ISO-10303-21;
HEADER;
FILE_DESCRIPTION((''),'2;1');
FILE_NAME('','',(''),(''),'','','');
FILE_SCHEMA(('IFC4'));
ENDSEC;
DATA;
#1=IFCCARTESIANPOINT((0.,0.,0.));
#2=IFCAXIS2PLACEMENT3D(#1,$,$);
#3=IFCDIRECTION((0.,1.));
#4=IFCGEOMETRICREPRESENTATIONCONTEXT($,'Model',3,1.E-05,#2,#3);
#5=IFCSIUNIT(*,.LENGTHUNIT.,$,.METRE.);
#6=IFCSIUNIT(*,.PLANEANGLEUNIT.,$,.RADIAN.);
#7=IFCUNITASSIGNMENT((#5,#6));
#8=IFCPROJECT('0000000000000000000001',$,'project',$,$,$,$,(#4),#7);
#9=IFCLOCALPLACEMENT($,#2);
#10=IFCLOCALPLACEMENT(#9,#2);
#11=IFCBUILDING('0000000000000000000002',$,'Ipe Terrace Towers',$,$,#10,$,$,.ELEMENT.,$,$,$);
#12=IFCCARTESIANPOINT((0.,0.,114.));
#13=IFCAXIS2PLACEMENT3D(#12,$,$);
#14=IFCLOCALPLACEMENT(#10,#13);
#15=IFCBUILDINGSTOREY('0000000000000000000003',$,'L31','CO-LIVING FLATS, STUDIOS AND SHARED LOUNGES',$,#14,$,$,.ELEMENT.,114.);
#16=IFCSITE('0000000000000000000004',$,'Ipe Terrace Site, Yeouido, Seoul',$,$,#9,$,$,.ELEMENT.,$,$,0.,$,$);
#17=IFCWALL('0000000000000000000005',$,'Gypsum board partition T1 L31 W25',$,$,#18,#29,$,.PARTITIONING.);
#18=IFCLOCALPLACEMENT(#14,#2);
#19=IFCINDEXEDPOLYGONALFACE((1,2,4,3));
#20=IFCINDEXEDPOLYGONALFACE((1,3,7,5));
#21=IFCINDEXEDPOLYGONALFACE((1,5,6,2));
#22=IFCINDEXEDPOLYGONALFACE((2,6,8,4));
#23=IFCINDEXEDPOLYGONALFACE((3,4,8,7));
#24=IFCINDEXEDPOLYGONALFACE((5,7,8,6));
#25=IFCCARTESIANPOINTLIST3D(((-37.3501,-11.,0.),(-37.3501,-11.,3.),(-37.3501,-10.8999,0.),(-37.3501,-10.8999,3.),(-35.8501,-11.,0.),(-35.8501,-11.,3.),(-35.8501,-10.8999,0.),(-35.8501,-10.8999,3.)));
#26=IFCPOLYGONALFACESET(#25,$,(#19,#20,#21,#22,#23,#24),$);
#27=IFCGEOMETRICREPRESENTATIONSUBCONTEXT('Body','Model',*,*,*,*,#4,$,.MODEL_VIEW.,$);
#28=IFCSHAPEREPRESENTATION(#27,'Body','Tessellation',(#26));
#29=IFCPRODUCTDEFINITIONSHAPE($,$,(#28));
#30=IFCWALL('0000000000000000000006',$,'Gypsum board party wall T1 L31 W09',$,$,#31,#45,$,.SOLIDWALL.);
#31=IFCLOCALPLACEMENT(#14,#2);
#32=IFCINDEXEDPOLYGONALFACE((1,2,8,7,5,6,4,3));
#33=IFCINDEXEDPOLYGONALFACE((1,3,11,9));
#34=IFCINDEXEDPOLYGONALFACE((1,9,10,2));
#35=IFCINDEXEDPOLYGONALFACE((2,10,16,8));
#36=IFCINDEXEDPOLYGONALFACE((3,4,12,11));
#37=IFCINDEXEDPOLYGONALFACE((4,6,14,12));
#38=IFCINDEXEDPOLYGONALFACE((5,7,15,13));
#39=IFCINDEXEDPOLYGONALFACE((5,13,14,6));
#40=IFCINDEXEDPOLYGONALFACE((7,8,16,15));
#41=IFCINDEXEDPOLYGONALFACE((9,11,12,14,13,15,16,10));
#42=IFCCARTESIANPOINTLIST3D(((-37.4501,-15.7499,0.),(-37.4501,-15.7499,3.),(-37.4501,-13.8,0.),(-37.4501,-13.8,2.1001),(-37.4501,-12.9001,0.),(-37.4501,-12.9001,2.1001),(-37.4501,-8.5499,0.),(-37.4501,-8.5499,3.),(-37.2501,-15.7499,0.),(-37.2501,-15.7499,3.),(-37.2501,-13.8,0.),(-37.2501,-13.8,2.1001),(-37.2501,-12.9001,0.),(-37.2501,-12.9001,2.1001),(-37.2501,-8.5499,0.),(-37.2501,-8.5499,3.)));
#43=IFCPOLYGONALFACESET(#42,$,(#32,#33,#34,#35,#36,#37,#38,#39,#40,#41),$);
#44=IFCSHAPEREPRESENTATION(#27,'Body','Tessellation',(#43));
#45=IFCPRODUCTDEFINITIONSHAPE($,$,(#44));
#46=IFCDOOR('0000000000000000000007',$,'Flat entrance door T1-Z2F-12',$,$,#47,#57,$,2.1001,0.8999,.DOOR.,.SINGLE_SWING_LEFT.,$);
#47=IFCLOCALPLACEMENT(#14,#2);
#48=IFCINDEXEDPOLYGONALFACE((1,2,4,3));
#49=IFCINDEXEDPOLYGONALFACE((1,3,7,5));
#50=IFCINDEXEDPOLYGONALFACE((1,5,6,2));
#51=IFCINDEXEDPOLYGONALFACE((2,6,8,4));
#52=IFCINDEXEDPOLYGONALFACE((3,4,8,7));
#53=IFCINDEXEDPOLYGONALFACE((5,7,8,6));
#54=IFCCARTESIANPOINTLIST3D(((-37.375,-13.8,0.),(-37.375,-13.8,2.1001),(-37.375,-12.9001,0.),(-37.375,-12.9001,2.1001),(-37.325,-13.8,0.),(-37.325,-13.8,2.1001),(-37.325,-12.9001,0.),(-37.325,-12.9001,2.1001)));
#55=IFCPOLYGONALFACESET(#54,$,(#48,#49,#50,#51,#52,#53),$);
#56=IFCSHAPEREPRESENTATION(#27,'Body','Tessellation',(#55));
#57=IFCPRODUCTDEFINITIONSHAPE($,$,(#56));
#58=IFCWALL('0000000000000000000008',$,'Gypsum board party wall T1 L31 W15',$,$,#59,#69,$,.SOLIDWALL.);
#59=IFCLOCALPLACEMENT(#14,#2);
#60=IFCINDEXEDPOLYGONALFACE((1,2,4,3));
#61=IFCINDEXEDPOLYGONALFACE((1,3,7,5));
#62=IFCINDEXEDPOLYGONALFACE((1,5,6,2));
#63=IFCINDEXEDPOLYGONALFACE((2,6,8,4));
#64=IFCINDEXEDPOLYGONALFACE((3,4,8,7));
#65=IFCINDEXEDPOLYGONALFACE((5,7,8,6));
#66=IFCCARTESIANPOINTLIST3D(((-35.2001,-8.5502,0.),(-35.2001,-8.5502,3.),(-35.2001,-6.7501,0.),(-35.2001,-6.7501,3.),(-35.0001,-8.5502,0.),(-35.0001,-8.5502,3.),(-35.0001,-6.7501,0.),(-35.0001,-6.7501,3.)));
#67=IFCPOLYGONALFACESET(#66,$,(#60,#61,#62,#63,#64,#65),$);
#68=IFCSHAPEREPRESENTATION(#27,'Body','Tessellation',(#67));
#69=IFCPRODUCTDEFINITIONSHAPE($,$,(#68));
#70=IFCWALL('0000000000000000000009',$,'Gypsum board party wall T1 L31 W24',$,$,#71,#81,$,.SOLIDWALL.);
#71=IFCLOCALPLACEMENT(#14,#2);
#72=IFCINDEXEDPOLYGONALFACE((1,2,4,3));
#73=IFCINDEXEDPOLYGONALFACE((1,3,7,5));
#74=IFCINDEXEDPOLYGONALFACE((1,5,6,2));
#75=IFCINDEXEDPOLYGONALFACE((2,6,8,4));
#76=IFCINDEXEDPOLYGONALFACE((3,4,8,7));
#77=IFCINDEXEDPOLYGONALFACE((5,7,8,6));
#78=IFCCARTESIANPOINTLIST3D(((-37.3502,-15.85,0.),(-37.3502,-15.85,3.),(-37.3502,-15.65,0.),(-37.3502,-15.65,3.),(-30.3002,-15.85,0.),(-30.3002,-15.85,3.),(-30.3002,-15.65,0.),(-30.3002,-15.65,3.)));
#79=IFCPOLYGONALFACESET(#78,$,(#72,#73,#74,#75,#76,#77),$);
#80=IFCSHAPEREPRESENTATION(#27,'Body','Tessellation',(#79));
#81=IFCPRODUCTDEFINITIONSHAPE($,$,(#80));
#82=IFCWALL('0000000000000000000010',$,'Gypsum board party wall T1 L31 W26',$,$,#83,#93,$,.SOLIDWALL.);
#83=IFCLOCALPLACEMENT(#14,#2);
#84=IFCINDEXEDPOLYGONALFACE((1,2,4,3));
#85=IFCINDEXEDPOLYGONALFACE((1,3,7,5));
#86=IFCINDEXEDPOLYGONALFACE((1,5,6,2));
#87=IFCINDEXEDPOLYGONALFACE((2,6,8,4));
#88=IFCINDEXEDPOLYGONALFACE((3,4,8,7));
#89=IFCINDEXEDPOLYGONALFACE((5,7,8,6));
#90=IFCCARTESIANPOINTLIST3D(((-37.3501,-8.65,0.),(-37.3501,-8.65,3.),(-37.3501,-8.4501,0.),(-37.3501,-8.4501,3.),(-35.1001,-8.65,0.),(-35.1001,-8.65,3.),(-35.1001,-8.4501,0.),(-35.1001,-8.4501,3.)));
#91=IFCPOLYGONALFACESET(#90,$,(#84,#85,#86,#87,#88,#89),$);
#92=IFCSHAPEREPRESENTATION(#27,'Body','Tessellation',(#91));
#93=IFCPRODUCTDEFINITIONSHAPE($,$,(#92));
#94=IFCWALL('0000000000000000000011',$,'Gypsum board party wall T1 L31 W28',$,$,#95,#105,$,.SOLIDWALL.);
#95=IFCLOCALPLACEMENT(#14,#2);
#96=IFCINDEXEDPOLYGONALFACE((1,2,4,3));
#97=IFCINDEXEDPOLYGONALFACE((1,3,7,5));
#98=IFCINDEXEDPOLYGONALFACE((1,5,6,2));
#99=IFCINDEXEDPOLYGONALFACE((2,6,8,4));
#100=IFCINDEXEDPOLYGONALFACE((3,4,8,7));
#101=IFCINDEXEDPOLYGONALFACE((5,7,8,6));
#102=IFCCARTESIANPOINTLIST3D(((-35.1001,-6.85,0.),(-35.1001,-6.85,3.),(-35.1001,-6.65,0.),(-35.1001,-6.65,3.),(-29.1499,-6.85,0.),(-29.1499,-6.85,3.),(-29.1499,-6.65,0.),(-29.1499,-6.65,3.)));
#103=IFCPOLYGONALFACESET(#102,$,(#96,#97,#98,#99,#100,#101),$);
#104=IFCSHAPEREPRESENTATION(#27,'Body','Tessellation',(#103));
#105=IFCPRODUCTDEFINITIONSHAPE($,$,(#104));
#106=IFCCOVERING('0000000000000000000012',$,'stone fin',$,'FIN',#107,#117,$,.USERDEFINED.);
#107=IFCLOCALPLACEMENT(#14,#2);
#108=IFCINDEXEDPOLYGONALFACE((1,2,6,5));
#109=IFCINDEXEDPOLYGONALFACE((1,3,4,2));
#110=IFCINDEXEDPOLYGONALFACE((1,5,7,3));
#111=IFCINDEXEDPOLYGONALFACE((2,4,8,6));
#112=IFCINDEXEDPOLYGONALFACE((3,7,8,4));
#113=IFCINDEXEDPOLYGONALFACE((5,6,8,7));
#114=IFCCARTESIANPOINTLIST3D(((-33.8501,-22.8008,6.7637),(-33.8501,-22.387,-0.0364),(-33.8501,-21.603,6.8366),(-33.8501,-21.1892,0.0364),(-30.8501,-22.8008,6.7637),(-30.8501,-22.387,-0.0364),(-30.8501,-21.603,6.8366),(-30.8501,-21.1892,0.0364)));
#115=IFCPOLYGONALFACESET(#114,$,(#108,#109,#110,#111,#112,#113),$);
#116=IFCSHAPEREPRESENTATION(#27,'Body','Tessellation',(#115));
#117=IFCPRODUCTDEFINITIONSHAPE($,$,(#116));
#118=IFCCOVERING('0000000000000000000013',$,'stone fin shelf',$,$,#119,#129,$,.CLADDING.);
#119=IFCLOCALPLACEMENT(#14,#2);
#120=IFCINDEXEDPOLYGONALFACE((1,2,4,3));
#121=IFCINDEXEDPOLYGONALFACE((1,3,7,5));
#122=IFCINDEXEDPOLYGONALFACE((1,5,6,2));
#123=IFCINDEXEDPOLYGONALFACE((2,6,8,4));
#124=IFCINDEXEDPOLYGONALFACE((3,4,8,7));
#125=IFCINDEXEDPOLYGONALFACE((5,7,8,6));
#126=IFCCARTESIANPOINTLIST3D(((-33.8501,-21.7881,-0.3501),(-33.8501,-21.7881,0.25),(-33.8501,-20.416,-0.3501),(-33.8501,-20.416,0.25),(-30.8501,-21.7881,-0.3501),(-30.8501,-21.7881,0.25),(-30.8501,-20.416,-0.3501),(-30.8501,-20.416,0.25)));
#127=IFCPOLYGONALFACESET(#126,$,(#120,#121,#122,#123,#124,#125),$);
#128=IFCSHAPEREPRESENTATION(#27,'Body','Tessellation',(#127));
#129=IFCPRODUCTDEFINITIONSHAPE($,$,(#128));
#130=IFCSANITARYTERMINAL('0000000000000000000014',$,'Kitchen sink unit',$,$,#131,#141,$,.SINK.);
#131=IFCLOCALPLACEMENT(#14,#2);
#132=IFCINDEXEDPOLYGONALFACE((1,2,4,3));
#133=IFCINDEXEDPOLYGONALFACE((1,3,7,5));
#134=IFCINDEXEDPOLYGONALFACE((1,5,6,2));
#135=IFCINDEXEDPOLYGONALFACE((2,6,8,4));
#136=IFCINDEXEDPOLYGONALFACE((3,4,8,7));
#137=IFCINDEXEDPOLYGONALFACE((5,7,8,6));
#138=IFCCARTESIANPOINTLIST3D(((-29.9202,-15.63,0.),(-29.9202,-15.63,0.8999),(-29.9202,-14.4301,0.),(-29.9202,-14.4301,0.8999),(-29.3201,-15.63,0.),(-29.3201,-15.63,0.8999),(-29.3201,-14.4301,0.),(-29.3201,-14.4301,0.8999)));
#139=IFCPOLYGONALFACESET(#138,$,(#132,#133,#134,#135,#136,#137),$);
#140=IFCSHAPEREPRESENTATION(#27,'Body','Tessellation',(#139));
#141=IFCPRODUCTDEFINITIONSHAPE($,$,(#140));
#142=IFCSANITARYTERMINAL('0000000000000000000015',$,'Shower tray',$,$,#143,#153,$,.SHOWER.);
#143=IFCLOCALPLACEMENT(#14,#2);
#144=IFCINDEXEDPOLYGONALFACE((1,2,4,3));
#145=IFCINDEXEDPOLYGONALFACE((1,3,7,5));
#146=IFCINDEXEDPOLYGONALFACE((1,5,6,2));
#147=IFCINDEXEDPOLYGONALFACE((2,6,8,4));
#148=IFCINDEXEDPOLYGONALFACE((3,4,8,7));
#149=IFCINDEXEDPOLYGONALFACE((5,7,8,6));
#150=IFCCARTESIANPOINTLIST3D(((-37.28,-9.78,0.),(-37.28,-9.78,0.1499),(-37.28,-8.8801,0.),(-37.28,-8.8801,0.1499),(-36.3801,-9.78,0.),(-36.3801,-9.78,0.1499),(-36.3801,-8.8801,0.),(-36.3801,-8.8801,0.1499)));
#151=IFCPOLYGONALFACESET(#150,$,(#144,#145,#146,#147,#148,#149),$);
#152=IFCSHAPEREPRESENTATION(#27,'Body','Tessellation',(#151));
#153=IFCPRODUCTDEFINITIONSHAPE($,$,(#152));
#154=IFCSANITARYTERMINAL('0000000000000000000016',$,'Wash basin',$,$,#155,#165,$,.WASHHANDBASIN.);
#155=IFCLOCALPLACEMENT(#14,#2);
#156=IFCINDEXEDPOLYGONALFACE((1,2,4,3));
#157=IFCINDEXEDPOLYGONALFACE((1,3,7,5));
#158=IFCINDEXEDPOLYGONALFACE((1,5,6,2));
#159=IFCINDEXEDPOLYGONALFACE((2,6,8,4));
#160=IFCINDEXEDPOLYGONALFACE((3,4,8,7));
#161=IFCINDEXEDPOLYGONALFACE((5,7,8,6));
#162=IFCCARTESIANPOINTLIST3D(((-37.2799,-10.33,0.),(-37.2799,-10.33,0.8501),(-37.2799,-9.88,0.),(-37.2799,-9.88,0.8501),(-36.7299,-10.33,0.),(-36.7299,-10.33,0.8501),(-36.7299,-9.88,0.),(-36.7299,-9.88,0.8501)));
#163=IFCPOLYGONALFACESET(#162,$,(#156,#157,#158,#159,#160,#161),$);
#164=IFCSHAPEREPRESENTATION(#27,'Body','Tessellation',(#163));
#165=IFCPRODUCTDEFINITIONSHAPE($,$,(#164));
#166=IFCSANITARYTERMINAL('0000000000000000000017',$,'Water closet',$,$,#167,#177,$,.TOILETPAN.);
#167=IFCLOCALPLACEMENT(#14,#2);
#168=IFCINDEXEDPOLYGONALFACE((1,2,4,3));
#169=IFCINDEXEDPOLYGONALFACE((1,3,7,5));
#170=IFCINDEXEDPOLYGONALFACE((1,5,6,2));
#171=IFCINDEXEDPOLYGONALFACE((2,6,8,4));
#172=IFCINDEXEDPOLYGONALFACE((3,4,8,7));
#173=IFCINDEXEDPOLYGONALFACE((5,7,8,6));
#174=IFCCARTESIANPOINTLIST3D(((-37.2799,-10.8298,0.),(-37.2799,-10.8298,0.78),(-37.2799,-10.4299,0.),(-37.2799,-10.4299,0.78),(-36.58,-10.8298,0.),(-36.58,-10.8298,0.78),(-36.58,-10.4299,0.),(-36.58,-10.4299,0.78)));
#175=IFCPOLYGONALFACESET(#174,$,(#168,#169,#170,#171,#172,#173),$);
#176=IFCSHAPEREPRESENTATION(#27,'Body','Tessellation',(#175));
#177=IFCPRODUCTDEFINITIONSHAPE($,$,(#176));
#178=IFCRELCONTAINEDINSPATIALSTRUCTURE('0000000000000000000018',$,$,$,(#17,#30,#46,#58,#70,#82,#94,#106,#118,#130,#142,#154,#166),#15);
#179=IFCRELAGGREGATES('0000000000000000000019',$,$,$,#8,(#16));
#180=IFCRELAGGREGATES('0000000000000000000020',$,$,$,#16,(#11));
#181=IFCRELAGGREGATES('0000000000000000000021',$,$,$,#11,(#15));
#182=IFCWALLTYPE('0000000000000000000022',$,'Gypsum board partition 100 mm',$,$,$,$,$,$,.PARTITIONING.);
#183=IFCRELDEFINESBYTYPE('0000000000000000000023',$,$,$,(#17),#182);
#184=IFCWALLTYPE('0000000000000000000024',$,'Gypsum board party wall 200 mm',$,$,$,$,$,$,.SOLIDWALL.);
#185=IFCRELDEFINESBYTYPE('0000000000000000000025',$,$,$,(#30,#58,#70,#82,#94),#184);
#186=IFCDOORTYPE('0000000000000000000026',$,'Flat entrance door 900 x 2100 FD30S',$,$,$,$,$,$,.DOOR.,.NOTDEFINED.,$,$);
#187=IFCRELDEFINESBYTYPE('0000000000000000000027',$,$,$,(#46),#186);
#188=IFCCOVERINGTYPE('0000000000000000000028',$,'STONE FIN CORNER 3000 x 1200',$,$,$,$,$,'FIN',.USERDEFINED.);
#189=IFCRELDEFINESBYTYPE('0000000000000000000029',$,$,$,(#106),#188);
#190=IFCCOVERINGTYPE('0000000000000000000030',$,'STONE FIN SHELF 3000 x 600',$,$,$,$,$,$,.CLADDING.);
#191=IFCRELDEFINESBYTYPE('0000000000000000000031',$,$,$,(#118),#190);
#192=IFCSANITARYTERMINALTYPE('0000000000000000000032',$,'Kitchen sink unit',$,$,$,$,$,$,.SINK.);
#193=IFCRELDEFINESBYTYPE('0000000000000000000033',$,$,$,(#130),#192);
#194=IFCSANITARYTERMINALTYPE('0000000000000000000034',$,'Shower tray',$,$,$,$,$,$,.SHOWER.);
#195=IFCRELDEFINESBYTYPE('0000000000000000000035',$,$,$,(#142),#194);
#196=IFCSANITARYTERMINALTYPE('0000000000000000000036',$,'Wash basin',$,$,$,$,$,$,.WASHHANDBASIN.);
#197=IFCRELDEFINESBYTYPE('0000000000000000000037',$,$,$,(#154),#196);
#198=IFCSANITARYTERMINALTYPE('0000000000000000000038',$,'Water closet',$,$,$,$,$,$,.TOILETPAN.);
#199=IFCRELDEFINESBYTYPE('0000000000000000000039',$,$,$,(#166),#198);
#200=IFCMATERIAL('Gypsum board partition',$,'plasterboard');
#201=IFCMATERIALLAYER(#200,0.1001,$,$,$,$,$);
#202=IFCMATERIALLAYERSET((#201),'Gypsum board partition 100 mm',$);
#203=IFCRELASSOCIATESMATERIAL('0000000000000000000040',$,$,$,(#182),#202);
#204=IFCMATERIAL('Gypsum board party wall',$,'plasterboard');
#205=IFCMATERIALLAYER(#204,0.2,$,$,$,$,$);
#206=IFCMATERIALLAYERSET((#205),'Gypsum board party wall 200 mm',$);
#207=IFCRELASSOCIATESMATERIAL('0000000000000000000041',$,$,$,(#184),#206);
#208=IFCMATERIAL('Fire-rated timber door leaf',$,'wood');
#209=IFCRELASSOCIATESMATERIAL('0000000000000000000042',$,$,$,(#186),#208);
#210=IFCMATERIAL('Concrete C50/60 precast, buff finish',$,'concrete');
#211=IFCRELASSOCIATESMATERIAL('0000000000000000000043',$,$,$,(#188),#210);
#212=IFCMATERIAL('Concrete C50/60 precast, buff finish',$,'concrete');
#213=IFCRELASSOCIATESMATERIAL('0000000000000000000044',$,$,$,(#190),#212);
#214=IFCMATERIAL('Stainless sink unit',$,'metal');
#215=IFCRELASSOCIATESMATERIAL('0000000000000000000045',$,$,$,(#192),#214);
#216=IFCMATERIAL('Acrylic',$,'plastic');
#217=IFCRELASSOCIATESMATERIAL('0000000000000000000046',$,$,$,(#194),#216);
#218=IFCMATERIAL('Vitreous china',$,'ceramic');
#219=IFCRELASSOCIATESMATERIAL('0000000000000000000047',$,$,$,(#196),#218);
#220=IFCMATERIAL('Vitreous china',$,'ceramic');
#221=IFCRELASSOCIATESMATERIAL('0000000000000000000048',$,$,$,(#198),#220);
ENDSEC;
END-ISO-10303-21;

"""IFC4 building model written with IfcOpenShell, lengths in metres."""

from ifc_helpers import new_model, si_unit, direction, frame, frame_2d, origin, origin_2d, place, context, subcontext, project, spatial, rectangle, extrude, material, layer, layer_set, material_profile, profile_set, type_object, element, fill, save


model = new_model("IFC4")

# Units and contexts
model_context = context("Model", 3, precision=1e-05, world=origin(), true_north=direction((0.0, 1.0)))
body_context = subcontext(model_context, "Body", "Model", "MODEL_VIEW")
ifc_project = project(units=[si_unit("LENGTHUNIT", "METRE"), si_unit("PLANEANGLEUNIT", "RADIAN")], contexts=[model_context])

# Site, building, storey
site_placement = place(None, origin())
site = spatial("IfcSite", under=ifc_project, at=site_placement, Name="Ipe Terrace Site, Yeouido, Seoul", CompositionType="ELEMENT", RefElevation=0.0)
building_placement = place(site_placement, origin())
building = spatial("IfcBuilding", under=site, at=building_placement, Name="Ipe Terrace Towers", CompositionType="ELEMENT")
storey_placement = place(building_placement, frame((0.0, 0.0, 114.0)))
storey = spatial("IfcBuildingStorey", under=building, at=storey_placement, Name="L31", Description="CO-LIVING FLATS, STUDIOS AND SHARED LOUNGES", CompositionType="ELEMENT", Elevation=114.0)

# Shared definitions
ifc_material_1 = material(Name="Gypsum board partition", Category="plasterboard")
ifc_layer_1 = layer(ifc_material_1, 0.1001)
ifc_layer_set_1 = layer_set([ifc_layer_1], Name="Gypsum board partition 100 mm")
wall_type_1 = type_object("IfcWallType", Name="Gypsum board partition 100 mm", PredefinedType="PARTITIONING", material=ifc_layer_set_1)

# Wall
wall_1_placement = place(storey_placement, frame((-37.3501, -10.95, 0.0), z_axis=(0.0, 0.0, 1.0), x_axis=(1.0, 0.0, 0.0)))
element("IfcWall", 1, at=wall_1_placement, inside=storey, type_object=wall_type_1, Name="Gypsum board partition T1 L31 W25", PredefinedType="PARTITIONING", context=body_context, shape_type="SweptSolid", body=[
    extrude(rectangle(XDim=1.5, YDim=0.1001, at=frame_2d((0.75, 0.0))), origin(), (0.0, 0.0, 1.0), 3.0),
])

# Wall, opening, door
ifc_material_2 = material(Name="Gypsum board party wall", Category="plasterboard")
ifc_layer_2 = layer(ifc_material_2, 0.2)
ifc_layer_set_2 = layer_set([ifc_layer_2], Name="Gypsum board party wall 200 mm")
wall_type_2 = type_object("IfcWallType", Name="Gypsum board party wall 200 mm", PredefinedType="SOLIDWALL", material=ifc_layer_set_2)
wall_2_placement = place(storey_placement, frame((-37.3501, -15.75, 0.0), z_axis=(0.0, 0.0, 1.0), x_axis=(0.0, 1.0, 0.0)))
wall_2 = element("IfcWall", 2, at=wall_2_placement, inside=storey, type_object=wall_type_2, Name="Gypsum board party wall T1 L31 W09", PredefinedType="SOLIDWALL", context=body_context, shape_type="SweptSolid", body=[
    extrude(rectangle(XDim=7.2, YDim=0.2, at=frame_2d((3.6001, 0.0))), origin(), (0.0, 0.0, 1.0), 3.0),
])
opening_1_placement = place(wall_2_placement, frame((1.95, 0.0, 0.0)))
opening_1 = element("IfcOpeningElement", 3, at=opening_1_placement, cuts=wall_2, PredefinedType="OPENING", context=body_context, shape_type="SweptSolid", body=[
    extrude(rectangle(XDim=0.8999, YDim=2.1001, at=frame_2d((0.45, 1.05))), frame((0.0, 0.1099, 0.0), z_axis=(0.0, -1.0, 0.0), x_axis=(1.0, 0.0, 0.0)), (0.0, 0.0, 1.0), 0.22),
])
ifc_material_3 = material(Name="Fire-rated timber door leaf", Category="wood")
door_type_1 = type_object("IfcDoorType", Name="Flat entrance door 900 x 2100 FD30S", OperationType="NOTDEFINED", PredefinedType="DOOR", material=ifc_material_3)
door_1_placement = place(opening_1_placement, origin())
door_1 = element("IfcDoor", 4, at=door_1_placement, inside=storey, type_object=door_type_1, Name="Flat entrance door T1-Z2F-12", OperationType="SINGLE_SWING_LEFT", OverallHeight=2.1001, OverallWidth=0.8999, PredefinedType="DOOR", context=body_context, shape_type="SweptSolid", body=[
    extrude(rectangle(XDim=0.8999, YDim=2.1001, at=frame_2d((0.45, 1.05))), frame((0.0, 0.0249, 0.0), z_axis=(0.0, -1.0, 0.0), x_axis=(1.0, 0.0, 0.0)), (0.0, 0.0, 1.0), 0.05),
])
fill(opening_1, door_1)

# Walls
wall_3_placement = place(storey_placement, frame((-35.1001, -8.55, 0.0), z_axis=(0.0, 0.0, 1.0), x_axis=(0.0, 1.0, 0.0)))
element("IfcWall", 5, at=wall_3_placement, inside=storey, type_object=wall_type_2, Name="Gypsum board party wall T1 L31 W15", PredefinedType="SOLIDWALL", context=body_context, shape_type="SweptSolid", body=[
    extrude(rectangle(XDim=1.8, YDim=0.2, at=frame_2d((0.8999, 0.0))), origin(), (0.0, 0.0, 1.0), 3.0),
])
wall_4_placement = place(storey_placement, frame((-37.3501, -15.75, 0.0), z_axis=(0.0, 0.0, 1.0), x_axis=(1.0, 0.0, 0.0)))
element("IfcWall", 6, at=wall_4_placement, inside=storey, type_object=wall_type_2, Name="Gypsum board party wall T1 L31 W24", PredefinedType="SOLIDWALL", context=body_context, shape_type="SweptSolid", body=[
    extrude(rectangle(XDim=7.05, YDim=0.2, at=frame_2d((3.5249, 0.0))), origin(), (0.0, 0.0, 1.0), 3.0),
])
wall_5_placement = place(storey_placement, frame((-37.3501, -8.55, 0.0), z_axis=(0.0, 0.0, 1.0), x_axis=(1.0, 0.0, 0.0)))
element("IfcWall", 7, at=wall_5_placement, inside=storey, type_object=wall_type_2, Name="Gypsum board party wall T1 L31 W26", PredefinedType="SOLIDWALL", context=body_context, shape_type="SweptSolid", body=[
    extrude(rectangle(XDim=2.25, YDim=0.2, at=frame_2d((1.125, 0.0))), origin(), (0.0, 0.0, 1.0), 3.0),
])
wall_6_placement = place(storey_placement, frame((-35.1001, -6.75, 0.0), z_axis=(0.0, 0.0, 1.0), x_axis=(1.0, 0.0, 0.0)))
element("IfcWall", 8, at=wall_6_placement, inside=storey, type_object=wall_type_2, Name="Gypsum board party wall T1 L31 W28", PredefinedType="SOLIDWALL", context=body_context, shape_type="SweptSolid", body=[
    extrude(rectangle(XDim=5.9502, YDim=0.2, at=frame_2d((2.9751, 0.0))), origin(), (0.0, 0.0, 1.0), 3.0),
])

# Coverings
ifc_material_4 = material(Name="Concrete C50/60 precast, buff finish", Category="concrete")
ifc_material_profile_1 = material_profile(ifc_material_4, rectangle(XDim=3.0, YDim=1.2, at=origin_2d()), Name="STONE FIN CORNER 3000 x 1200")
ifc_profile_set_1 = profile_set([ifc_material_profile_1], Name="Concrete C50/60 precast, buff finish")
covering_type_1 = type_object("IfcCoveringType", Name="STONE FIN CORNER 3000 x 1200", ElementType="FIN", PredefinedType="USERDEFINED", material=ifc_profile_set_1)
covering_1_placement = place(storey_placement, frame((-32.3501, -21.7881, 0.0), z_axis=(0.0, -0.060743, 0.998153), x_axis=(1.0, 0.0, 0.0)))
element("IfcCovering", 9, at=covering_1_placement, inside=storey, type_object=covering_type_1, Name="stone fin", ObjectType="FIN", PredefinedType="USERDEFINED", context=body_context, shape_type="SweptSolid", body=[
    extrude(rectangle(XDim=3.0, YDim=1.2, at=origin_2d()), origin(), (0.0, 0.0, 1.0), 6.8127),
])
ifc_material_5 = material(Name="Concrete C50/60 precast, buff finish", Category="concrete")
covering_type_2 = type_object("IfcCoveringType", Name="STONE FIN SHELF 3000 x 600", PredefinedType="CLADDING", material=ifc_material_5)
covering_2_placement = place(storey_placement, frame((-32.3501, -21.1021, -0.3501), z_axis=(0.0, 0.0, 1.0), x_axis=(1.0, 0.0, 0.0)))
element("IfcCovering", 10, at=covering_2_placement, inside=storey, type_object=covering_type_2, Name="stone fin shelf", PredefinedType="CLADDING", context=body_context, shape_type="SweptSolid", body=[
    extrude(rectangle(XDim=3.0, YDim=1.3721, at=origin_2d()), origin(), (0.0, 0.0, 1.0), 0.6001),
])

# Sanitary terminals
ifc_material_6 = material(Name="Stainless sink unit", Category="metal")
sanitary_terminal_type_1 = type_object("IfcSanitaryTerminalType", Name="Kitchen sink unit", PredefinedType="SINK", material=ifc_material_6)
sanitary_terminal_1_placement = place(storey_placement, frame((-29.6201, -15.03, 0.0), z_axis=(0.0, 0.0, 1.0), x_axis=(0.0, -1.0, 0.0)))
element("IfcSanitaryTerminal", 11, at=sanitary_terminal_1_placement, inside=storey, type_object=sanitary_terminal_type_1, Name="Kitchen sink unit", PredefinedType="SINK", context=body_context, shape_type="SweptSolid", body=[
    extrude(rectangle(XDim=1.2, YDim=0.6001, at=origin_2d()), origin(), (0.0, 0.0, 1.0), 0.8999),
])
ifc_material_7 = material(Name="Acrylic", Category="plastic")
sanitary_terminal_type_2 = type_object("IfcSanitaryTerminalType", Name="Shower tray", PredefinedType="SHOWER", material=ifc_material_7)
sanitary_terminal_2_placement = place(storey_placement, frame((-36.8301, -9.3301, 0.0), z_axis=(0.0, 0.0, 1.0), x_axis=(1.0, 0.0, 0.0)))
element("IfcSanitaryTerminal", 12, at=sanitary_terminal_2_placement, inside=storey, type_object=sanitary_terminal_type_2, Name="Shower tray", PredefinedType="SHOWER", context=body_context, shape_type="SweptSolid", body=[
    extrude(rectangle(XDim=0.8999, YDim=0.8999, at=origin_2d()), origin(), (0.0, 0.0, 1.0), 0.1499),
])
ifc_material_8 = material(Name="Vitreous china", Category="ceramic")
sanitary_terminal_type_3 = type_object("IfcSanitaryTerminalType", Name="Wash basin", PredefinedType="WASHHANDBASIN", material=ifc_material_8)
sanitary_terminal_3_placement = place(storey_placement, frame((-37.0049, -10.105, 0.0), z_axis=(0.0, 0.0, 1.0), x_axis=(1.0, 0.0, 0.0)))
element("IfcSanitaryTerminal", 13, at=sanitary_terminal_3_placement, inside=storey, type_object=sanitary_terminal_type_3, Name="Wash basin", PredefinedType="WASHHANDBASIN", context=body_context, shape_type="SweptSolid", body=[
    extrude(rectangle(XDim=0.55, YDim=0.45, at=origin_2d()), origin(), (0.0, 0.0, 1.0), 0.8501),
])
ifc_material_9 = material(Name="Vitreous china", Category="ceramic")
sanitary_terminal_type_4 = type_object("IfcSanitaryTerminalType", Name="Water closet", PredefinedType="TOILETPAN", material=ifc_material_9)
sanitary_terminal_4_placement = place(storey_placement, frame((-36.9299, -10.6299, 0.0), z_axis=(0.0, 0.0, 1.0), x_axis=(1.0, 0.0, 0.0)))
element("IfcSanitaryTerminal", 14, at=sanitary_terminal_4_placement, inside=storey, type_object=sanitary_terminal_type_4, Name="Water closet", PredefinedType="TOILETPAN", context=body_context, shape_type="SweptSolid", body=[
    extrude(rectangle(XDim=0.7, YDim=0.3999, at=origin_2d()), origin(), (0.0, 0.0, 1.0), 0.78),
])

save(model, "model.ifc")
